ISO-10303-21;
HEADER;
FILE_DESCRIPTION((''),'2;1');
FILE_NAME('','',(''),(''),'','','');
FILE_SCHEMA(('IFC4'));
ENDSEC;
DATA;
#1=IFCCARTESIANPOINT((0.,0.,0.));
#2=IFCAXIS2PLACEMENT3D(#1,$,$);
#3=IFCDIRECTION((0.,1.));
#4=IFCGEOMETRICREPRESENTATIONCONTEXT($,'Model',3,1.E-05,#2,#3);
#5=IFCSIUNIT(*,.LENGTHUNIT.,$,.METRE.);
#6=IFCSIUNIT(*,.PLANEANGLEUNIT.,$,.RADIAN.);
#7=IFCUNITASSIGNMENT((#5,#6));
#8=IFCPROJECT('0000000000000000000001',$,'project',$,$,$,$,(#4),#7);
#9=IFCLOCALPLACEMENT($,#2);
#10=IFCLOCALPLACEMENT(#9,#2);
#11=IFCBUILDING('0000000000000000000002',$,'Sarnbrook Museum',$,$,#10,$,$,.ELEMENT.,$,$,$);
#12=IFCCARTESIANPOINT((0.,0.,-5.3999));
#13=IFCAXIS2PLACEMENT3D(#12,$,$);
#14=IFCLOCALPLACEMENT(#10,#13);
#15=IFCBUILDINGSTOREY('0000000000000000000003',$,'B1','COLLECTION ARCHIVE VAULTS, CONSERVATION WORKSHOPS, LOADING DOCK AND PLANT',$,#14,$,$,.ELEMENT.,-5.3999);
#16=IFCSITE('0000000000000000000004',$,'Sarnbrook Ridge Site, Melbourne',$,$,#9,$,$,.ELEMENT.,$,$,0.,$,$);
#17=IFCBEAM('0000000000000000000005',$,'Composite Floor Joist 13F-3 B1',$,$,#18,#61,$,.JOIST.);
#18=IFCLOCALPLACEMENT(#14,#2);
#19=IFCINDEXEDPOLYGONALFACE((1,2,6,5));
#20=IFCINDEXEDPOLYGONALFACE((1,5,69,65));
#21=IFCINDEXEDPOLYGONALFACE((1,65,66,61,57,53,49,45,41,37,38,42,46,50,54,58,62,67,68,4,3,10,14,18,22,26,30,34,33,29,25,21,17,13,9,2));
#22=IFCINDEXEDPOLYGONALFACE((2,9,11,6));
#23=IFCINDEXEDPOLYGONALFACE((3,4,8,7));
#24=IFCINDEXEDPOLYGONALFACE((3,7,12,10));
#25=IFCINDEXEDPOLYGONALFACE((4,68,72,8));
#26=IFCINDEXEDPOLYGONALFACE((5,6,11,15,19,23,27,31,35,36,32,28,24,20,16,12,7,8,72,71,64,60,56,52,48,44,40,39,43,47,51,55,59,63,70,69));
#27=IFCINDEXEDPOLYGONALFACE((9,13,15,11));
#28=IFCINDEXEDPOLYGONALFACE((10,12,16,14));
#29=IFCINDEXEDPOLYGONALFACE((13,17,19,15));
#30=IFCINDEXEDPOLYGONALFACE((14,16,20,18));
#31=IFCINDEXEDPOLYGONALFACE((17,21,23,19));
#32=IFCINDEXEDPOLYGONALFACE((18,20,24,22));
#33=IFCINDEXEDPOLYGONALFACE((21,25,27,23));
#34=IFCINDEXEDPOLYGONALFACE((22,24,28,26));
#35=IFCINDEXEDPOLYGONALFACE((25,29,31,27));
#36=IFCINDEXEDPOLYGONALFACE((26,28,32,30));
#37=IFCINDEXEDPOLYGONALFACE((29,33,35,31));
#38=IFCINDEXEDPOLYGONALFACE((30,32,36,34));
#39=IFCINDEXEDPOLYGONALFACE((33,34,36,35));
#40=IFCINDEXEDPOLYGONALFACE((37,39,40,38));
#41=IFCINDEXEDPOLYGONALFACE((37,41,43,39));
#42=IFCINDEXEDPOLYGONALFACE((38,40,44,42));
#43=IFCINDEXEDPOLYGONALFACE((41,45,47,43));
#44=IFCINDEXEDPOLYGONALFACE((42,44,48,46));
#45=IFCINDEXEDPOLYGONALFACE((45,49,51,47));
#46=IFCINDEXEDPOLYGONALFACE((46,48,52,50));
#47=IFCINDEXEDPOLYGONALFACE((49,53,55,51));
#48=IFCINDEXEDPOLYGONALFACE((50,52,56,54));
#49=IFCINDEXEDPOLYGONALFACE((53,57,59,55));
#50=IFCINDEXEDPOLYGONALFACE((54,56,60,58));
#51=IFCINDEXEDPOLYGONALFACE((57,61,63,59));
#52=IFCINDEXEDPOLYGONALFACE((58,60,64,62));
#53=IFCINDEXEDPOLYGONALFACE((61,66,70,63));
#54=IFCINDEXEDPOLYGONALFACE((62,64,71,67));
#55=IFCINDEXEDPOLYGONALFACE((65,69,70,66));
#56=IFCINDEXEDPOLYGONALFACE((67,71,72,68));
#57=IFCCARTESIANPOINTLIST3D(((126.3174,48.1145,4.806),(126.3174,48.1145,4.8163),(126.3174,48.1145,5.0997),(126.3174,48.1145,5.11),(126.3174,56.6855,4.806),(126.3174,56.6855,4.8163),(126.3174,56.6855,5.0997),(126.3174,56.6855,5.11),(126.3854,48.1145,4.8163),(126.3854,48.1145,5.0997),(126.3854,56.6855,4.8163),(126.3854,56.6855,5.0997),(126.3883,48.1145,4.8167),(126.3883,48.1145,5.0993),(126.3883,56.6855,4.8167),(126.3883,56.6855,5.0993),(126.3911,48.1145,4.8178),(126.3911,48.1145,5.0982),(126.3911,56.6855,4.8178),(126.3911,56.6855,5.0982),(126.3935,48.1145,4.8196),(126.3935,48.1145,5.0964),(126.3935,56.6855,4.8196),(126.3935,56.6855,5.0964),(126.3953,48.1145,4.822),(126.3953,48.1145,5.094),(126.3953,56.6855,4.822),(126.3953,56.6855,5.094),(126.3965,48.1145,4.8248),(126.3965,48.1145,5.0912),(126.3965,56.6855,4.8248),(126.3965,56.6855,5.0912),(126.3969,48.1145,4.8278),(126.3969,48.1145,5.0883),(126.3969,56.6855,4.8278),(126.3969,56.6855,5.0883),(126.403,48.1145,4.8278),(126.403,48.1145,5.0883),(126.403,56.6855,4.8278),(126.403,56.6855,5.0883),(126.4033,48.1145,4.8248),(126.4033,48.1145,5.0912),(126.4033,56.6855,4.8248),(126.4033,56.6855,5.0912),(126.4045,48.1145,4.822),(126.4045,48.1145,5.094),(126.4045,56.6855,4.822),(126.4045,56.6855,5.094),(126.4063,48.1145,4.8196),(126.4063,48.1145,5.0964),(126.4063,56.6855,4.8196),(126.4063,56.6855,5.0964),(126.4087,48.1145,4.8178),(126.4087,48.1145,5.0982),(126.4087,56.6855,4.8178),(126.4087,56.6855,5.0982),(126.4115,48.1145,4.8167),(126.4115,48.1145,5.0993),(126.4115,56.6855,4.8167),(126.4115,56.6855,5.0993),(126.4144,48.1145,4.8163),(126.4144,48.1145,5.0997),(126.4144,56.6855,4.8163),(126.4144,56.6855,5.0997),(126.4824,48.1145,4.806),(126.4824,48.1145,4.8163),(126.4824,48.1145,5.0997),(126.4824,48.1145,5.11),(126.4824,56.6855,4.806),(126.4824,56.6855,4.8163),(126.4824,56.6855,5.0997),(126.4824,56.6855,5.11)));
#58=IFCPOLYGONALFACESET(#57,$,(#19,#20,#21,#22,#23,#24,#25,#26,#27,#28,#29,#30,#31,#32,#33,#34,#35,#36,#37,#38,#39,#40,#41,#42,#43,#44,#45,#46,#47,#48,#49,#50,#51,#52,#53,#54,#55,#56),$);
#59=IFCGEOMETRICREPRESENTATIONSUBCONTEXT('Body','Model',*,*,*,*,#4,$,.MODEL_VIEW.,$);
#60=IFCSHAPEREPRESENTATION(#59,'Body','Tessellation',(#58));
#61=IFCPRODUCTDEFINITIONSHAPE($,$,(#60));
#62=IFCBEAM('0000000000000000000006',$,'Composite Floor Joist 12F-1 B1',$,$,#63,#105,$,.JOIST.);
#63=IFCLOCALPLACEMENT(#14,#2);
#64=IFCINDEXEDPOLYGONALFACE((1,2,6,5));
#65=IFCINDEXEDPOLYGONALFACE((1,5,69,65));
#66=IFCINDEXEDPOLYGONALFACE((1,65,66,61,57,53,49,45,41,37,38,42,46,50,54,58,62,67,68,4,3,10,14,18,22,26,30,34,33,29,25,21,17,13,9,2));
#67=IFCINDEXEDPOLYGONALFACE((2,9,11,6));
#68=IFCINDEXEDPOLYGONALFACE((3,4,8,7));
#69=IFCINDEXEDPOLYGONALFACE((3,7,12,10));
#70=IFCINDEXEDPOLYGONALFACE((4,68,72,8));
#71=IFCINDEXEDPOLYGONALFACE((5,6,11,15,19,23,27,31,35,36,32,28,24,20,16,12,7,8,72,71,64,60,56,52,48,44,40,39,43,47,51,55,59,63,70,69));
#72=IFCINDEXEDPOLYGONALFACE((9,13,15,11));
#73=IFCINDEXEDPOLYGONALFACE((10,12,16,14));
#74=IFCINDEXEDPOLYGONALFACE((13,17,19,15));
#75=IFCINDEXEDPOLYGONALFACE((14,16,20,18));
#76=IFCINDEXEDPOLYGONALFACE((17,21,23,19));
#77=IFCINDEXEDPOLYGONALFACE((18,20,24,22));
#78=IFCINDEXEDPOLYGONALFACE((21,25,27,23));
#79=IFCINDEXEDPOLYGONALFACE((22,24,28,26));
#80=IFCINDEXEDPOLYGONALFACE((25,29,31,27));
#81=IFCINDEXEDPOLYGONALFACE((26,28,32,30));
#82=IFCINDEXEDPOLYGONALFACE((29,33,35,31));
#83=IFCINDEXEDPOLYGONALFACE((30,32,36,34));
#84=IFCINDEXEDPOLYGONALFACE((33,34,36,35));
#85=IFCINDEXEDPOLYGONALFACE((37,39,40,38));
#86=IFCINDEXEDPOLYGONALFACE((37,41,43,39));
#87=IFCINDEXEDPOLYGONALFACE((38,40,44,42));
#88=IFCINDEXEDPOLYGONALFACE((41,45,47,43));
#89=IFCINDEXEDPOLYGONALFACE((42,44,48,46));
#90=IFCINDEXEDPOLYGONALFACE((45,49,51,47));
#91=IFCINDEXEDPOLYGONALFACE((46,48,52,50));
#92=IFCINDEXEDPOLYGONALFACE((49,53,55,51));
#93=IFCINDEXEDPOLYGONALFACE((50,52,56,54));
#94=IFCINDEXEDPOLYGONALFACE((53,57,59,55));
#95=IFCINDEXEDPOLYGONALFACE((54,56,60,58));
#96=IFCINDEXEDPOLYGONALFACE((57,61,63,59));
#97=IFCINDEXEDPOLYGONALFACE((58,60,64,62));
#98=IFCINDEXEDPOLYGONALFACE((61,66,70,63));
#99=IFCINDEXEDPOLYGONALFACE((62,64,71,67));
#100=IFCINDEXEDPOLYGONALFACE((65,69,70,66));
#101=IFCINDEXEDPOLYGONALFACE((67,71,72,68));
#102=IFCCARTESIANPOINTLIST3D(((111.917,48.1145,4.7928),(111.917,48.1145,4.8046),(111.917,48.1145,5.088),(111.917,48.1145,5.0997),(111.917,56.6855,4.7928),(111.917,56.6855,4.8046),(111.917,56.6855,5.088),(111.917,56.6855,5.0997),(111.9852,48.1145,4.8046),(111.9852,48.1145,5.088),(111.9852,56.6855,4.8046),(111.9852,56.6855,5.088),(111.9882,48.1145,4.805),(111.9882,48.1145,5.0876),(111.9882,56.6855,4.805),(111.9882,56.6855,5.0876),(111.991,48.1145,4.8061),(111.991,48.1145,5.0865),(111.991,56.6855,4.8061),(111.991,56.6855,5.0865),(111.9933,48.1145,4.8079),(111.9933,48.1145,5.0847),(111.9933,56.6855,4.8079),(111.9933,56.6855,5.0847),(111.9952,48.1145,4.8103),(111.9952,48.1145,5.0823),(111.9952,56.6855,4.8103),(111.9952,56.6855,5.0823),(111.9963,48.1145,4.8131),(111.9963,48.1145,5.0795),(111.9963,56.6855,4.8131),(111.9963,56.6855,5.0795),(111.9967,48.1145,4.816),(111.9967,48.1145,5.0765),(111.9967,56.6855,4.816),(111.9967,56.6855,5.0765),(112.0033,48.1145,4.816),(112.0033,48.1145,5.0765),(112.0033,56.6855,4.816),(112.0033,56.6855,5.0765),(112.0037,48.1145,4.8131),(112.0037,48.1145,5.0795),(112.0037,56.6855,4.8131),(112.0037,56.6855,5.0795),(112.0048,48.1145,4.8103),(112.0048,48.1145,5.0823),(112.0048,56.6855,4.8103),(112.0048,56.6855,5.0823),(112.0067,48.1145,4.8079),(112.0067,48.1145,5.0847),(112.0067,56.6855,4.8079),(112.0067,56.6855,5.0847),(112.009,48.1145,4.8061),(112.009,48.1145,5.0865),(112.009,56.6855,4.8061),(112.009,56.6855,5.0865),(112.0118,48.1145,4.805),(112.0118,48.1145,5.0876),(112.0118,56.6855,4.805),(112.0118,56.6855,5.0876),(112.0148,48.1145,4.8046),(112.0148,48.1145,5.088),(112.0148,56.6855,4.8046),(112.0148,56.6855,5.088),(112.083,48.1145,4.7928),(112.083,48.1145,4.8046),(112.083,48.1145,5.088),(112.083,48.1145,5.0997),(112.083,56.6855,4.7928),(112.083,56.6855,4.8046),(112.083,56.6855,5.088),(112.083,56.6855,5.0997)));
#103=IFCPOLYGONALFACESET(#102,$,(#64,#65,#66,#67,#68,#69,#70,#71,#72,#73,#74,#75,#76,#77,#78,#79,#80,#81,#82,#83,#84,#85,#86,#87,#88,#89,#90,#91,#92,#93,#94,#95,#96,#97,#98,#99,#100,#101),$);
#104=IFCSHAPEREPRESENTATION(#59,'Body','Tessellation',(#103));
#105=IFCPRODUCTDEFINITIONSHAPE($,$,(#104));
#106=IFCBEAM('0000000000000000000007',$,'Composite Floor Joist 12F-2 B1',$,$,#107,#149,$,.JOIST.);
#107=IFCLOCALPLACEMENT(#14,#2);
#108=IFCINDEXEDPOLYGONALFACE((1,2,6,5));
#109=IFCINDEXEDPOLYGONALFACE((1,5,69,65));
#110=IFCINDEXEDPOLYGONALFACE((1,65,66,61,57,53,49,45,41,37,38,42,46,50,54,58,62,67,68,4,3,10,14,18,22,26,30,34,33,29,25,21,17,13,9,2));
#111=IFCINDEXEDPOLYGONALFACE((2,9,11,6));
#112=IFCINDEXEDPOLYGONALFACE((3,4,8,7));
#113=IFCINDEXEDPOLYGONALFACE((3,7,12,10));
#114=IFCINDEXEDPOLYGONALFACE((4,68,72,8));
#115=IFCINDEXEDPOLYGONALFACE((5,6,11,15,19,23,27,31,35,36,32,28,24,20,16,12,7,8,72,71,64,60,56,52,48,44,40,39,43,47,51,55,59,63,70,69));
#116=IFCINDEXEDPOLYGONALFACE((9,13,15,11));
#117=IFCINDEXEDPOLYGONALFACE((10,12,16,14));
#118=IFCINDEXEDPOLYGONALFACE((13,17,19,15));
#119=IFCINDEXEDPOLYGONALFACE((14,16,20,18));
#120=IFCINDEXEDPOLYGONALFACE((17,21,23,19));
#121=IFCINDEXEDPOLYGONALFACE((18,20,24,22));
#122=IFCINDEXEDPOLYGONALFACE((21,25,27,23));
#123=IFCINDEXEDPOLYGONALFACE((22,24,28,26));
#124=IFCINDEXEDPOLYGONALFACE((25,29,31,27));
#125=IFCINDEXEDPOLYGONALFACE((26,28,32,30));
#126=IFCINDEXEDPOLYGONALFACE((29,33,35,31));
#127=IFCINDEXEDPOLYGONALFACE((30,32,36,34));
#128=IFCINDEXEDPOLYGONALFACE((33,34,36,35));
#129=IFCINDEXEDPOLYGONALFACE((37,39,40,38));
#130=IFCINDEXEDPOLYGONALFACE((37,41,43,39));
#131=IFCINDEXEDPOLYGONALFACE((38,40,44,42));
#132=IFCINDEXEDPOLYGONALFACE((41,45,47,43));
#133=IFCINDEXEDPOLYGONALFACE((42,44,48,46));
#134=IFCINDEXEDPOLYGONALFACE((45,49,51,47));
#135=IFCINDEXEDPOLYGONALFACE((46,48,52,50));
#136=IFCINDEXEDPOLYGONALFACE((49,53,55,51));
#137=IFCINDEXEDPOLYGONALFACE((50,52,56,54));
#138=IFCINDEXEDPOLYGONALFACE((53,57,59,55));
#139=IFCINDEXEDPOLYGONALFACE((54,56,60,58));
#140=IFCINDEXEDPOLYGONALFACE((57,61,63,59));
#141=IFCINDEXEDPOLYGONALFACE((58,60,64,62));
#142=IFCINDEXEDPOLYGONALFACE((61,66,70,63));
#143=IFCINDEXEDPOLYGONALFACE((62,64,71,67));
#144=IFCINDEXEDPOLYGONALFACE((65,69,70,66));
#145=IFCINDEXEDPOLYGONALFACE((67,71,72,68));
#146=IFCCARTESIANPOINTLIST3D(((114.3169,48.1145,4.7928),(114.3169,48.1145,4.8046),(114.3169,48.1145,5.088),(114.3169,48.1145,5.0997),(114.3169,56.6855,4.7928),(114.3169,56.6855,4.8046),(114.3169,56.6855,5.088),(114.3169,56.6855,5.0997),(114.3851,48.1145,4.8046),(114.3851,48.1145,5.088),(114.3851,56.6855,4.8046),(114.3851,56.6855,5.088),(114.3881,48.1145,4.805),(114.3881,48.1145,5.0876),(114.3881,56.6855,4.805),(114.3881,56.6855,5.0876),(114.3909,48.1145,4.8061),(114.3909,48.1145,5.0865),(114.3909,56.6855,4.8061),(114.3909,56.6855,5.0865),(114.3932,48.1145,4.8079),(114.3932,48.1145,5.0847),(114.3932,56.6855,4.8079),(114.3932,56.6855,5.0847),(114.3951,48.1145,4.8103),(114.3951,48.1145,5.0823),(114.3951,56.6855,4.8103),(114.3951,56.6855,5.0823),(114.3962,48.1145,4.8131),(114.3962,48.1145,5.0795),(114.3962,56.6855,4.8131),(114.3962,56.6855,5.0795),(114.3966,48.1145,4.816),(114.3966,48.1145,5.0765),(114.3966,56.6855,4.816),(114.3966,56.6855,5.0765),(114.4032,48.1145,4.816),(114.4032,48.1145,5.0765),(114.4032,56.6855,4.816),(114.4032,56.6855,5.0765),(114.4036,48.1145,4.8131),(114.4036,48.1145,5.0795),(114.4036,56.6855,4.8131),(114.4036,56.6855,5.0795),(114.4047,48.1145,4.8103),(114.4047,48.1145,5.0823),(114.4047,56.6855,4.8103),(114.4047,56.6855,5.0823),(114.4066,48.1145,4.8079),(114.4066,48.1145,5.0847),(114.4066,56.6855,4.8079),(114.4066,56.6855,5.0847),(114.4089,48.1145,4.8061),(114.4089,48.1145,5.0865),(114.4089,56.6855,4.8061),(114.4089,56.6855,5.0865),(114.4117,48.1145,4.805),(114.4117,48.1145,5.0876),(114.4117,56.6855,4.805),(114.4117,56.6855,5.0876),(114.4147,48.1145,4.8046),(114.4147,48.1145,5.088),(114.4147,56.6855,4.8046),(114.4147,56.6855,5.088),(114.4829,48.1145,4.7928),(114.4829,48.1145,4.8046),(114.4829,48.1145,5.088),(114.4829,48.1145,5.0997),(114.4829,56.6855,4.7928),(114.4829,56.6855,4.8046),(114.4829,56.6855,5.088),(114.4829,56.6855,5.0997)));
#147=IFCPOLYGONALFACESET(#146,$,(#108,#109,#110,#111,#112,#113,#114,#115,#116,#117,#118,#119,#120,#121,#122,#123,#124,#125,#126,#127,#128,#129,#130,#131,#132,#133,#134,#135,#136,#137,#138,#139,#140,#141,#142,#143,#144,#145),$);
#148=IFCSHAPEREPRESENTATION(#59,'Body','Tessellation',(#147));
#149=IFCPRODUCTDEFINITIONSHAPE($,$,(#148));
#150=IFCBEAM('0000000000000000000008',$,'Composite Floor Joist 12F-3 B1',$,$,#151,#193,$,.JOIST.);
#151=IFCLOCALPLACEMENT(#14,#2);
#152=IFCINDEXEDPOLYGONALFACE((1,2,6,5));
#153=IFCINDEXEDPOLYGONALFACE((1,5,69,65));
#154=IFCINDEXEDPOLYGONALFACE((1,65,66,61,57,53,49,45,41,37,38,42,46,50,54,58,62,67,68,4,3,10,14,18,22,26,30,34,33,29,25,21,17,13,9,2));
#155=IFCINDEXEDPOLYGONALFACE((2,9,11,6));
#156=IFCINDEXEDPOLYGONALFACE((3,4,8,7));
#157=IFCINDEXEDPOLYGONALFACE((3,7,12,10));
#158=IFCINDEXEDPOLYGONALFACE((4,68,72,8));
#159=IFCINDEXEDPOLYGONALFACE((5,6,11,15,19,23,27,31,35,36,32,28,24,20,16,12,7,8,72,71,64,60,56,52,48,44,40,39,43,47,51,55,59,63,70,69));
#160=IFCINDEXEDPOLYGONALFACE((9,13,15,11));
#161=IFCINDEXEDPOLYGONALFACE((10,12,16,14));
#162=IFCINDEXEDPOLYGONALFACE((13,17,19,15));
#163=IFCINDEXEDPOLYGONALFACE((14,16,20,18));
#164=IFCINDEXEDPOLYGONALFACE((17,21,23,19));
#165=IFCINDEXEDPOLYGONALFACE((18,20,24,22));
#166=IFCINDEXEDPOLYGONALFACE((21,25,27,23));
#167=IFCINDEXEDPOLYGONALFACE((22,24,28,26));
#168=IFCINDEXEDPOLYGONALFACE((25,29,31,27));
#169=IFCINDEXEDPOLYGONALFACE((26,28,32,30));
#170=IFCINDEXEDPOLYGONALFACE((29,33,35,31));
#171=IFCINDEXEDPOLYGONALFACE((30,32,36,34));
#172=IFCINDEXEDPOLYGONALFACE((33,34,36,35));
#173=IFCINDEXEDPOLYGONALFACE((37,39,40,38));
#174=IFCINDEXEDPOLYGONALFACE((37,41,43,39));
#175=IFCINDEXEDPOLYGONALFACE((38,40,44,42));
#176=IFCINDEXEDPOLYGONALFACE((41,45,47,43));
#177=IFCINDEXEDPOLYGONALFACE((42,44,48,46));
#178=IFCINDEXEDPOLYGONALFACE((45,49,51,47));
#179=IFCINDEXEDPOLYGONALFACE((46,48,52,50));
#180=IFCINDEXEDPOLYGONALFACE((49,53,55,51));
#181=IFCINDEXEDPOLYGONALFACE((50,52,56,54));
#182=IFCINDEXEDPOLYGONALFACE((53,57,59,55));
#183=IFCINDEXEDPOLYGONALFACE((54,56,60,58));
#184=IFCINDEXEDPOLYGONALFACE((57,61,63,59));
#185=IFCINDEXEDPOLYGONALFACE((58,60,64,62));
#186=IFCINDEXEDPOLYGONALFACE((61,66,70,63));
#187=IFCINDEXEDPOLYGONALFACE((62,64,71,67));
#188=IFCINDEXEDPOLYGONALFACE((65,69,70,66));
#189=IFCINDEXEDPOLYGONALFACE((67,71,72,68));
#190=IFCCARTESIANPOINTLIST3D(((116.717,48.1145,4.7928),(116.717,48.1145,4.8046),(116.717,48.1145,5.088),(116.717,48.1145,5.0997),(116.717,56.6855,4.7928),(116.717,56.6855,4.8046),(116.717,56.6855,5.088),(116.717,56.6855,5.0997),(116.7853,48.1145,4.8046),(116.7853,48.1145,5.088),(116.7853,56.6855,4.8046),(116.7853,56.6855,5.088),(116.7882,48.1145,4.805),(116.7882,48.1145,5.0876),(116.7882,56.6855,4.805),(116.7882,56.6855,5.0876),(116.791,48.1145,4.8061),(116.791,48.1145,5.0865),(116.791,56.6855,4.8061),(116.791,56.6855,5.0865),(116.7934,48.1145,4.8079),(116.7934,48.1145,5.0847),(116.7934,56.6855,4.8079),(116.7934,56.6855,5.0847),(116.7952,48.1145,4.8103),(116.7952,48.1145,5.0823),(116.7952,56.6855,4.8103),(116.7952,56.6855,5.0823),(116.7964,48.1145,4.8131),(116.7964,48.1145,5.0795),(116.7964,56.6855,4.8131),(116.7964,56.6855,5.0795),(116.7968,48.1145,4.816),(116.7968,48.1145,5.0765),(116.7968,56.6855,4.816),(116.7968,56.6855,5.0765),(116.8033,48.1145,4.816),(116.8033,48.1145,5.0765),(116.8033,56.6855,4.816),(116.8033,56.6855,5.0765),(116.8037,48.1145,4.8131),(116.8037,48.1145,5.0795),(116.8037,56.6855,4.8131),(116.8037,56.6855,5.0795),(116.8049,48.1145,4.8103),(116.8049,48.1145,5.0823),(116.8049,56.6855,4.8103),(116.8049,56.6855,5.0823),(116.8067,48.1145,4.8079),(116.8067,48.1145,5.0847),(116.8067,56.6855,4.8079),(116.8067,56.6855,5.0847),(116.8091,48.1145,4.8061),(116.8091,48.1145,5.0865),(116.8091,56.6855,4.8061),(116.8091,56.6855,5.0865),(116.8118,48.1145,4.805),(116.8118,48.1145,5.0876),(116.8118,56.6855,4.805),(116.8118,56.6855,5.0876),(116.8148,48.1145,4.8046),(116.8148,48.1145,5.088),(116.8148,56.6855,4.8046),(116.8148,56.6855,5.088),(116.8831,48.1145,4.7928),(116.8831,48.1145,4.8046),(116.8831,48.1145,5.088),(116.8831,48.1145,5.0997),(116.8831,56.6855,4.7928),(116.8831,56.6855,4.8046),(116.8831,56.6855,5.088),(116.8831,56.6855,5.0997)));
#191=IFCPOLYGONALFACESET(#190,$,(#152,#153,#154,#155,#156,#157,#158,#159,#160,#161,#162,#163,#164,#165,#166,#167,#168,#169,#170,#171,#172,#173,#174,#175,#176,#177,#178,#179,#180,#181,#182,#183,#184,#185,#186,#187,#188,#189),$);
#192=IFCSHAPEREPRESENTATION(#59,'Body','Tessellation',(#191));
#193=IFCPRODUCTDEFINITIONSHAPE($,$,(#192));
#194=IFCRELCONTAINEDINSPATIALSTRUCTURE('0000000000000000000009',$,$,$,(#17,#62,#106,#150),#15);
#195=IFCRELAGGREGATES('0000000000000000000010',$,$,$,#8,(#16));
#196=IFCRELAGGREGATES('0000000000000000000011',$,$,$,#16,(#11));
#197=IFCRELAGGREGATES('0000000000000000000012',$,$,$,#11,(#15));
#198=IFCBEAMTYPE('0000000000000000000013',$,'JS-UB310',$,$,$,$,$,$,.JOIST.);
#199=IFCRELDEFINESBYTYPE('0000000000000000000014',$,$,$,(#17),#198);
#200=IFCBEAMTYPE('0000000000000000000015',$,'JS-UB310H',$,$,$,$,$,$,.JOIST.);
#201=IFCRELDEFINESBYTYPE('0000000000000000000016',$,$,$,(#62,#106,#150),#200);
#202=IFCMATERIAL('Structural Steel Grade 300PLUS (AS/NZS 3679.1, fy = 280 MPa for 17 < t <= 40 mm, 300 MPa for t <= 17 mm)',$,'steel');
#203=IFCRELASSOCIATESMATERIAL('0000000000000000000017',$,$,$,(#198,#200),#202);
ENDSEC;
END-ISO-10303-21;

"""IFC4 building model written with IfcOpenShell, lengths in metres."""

from ifc_helpers import new_model, si_unit, direction, frame, origin, origin_2d, place, context, subcontext, project, spatial, i_section, extrude, material, material_profile, profile_set, type_object, element, save


model = new_model("IFC4")

# Units and contexts
model_context = context("Model", 3, precision=1e-05, world=origin(), true_north=direction((0.0, 1.0)))
body_context = subcontext(model_context, "Body", "Model", "MODEL_VIEW")
ifc_project = project(units=[si_unit("LENGTHUNIT", "METRE"), si_unit("PLANEANGLEUNIT", "RADIAN")], contexts=[model_context])

# Site, building, storey
site_placement = place(None, origin())
site = spatial("IfcSite", under=ifc_project, at=site_placement, Name="Sarnbrook Ridge Site, Melbourne", CompositionType="ELEMENT", RefElevation=0.0)
building_placement = place(site_placement, origin())
building = spatial("IfcBuilding", under=site, at=building_placement, Name="Sarnbrook Museum", CompositionType="ELEMENT")
storey_placement = place(building_placement, frame((0.0, 0.0, -5.3999)))
storey = spatial("IfcBuildingStorey", under=building, at=storey_placement, Name="B1", Description="COLLECTION ARCHIVE VAULTS, CONSERVATION WORKSHOPS, LOADING DOCK AND PLANT", CompositionType="ELEMENT", Elevation=-5.3999)

# Beams
ifc_material_1 = material(Name="Structural Steel Grade 300PLUS (AS/NZS 3679.1, fy = 280 MPa for 17 < t <= 40 mm, 300 MPa for t <= 17 mm)", Category="steel")
ifc_material_profile_1 = material_profile(ifc_material_1, i_section(OverallWidth=0.165, OverallDepth=0.304, WebThickness=0.0061, FlangeThickness=0.0103, FilletRadius=0.0115, at=origin_2d()), Name="310UB40.4")
ifc_profile_set_1 = profile_set([ifc_material_profile_1], Name="Structural Steel Grade 300PLUS (AS/NZS 3679.1, fy = 280 MPa for 17 < t <= 40 mm, 300 MPa for t <= 17 mm)")
beam_type_1 = type_object("IfcBeamType", Name="JS-UB310", PredefinedType="JOIST", material=ifc_profile_set_1)
for number, where, z_axis, x_axis, name in (
    (1, (126.3999, 48.1145, 4.958), (0.0, 1.0, 0.0), (-1.0, 0.0, 0.0), "Composite Floor Joist 13F-3 B1"),
):
    element("IfcBeam", number, at=place(storey_placement, frame(where, z_axis=z_axis, x_axis=x_axis)), inside=storey, type_object=beam_type_1, Name=name, PredefinedType="JOIST", context=body_context, shape_type="SweptSolid", body=[
        extrude(i_section(OverallWidth=0.165, OverallDepth=0.304, WebThickness=0.0061, FlangeThickness=0.0103, FilletRadius=0.0115, at=origin_2d()), origin(), (0.0, 0.0, 1.0), 8.571),
    ])
ifc_material_profile_2 = material_profile(ifc_material_1, i_section(OverallWidth=0.166, OverallDepth=0.3069, WebThickness=0.0066, FlangeThickness=0.0117, FilletRadius=0.0115, at=origin_2d()), Name="310UB46.2")
ifc_profile_set_2 = profile_set([ifc_material_profile_2], Name="Structural Steel Grade 300PLUS (AS/NZS 3679.1, fy = 280 MPa for 17 < t <= 40 mm, 300 MPa for t <= 17 mm)")
beam_type_2 = type_object("IfcBeamType", Name="JS-UB310H", PredefinedType="JOIST", material=ifc_profile_set_2)
for number, where, z_axis, x_axis, name in (
    (2, (112.0, 48.1145, 4.9463), (0.0, 1.0, 0.0), (-1.0, 0.0, 0.0), "Composite Floor Joist 12F-1 B1"),
    (3, (114.3999, 48.1145, 4.9463), (0.0, 1.0, 0.0), (-1.0, 0.0, 0.0), "Composite Floor Joist 12F-2 B1"),
    (4, (116.8, 48.1145, 4.9463), (0.0, 1.0, 0.0), (-1.0, 0.0, 0.0), "Composite Floor Joist 12F-3 B1"),
):
    element("IfcBeam", number, at=place(storey_placement, frame(where, z_axis=z_axis, x_axis=x_axis)), inside=storey, type_object=beam_type_2, Name=name, PredefinedType="JOIST", context=body_context, shape_type="SweptSolid", body=[
        extrude(i_section(OverallWidth=0.166, OverallDepth=0.3069, WebThickness=0.0066, FlangeThickness=0.0117, FilletRadius=0.0115, at=origin_2d()), origin(), (0.0, 0.0, 1.0), 8.571),
    ])

save(model, "model.ifc")
